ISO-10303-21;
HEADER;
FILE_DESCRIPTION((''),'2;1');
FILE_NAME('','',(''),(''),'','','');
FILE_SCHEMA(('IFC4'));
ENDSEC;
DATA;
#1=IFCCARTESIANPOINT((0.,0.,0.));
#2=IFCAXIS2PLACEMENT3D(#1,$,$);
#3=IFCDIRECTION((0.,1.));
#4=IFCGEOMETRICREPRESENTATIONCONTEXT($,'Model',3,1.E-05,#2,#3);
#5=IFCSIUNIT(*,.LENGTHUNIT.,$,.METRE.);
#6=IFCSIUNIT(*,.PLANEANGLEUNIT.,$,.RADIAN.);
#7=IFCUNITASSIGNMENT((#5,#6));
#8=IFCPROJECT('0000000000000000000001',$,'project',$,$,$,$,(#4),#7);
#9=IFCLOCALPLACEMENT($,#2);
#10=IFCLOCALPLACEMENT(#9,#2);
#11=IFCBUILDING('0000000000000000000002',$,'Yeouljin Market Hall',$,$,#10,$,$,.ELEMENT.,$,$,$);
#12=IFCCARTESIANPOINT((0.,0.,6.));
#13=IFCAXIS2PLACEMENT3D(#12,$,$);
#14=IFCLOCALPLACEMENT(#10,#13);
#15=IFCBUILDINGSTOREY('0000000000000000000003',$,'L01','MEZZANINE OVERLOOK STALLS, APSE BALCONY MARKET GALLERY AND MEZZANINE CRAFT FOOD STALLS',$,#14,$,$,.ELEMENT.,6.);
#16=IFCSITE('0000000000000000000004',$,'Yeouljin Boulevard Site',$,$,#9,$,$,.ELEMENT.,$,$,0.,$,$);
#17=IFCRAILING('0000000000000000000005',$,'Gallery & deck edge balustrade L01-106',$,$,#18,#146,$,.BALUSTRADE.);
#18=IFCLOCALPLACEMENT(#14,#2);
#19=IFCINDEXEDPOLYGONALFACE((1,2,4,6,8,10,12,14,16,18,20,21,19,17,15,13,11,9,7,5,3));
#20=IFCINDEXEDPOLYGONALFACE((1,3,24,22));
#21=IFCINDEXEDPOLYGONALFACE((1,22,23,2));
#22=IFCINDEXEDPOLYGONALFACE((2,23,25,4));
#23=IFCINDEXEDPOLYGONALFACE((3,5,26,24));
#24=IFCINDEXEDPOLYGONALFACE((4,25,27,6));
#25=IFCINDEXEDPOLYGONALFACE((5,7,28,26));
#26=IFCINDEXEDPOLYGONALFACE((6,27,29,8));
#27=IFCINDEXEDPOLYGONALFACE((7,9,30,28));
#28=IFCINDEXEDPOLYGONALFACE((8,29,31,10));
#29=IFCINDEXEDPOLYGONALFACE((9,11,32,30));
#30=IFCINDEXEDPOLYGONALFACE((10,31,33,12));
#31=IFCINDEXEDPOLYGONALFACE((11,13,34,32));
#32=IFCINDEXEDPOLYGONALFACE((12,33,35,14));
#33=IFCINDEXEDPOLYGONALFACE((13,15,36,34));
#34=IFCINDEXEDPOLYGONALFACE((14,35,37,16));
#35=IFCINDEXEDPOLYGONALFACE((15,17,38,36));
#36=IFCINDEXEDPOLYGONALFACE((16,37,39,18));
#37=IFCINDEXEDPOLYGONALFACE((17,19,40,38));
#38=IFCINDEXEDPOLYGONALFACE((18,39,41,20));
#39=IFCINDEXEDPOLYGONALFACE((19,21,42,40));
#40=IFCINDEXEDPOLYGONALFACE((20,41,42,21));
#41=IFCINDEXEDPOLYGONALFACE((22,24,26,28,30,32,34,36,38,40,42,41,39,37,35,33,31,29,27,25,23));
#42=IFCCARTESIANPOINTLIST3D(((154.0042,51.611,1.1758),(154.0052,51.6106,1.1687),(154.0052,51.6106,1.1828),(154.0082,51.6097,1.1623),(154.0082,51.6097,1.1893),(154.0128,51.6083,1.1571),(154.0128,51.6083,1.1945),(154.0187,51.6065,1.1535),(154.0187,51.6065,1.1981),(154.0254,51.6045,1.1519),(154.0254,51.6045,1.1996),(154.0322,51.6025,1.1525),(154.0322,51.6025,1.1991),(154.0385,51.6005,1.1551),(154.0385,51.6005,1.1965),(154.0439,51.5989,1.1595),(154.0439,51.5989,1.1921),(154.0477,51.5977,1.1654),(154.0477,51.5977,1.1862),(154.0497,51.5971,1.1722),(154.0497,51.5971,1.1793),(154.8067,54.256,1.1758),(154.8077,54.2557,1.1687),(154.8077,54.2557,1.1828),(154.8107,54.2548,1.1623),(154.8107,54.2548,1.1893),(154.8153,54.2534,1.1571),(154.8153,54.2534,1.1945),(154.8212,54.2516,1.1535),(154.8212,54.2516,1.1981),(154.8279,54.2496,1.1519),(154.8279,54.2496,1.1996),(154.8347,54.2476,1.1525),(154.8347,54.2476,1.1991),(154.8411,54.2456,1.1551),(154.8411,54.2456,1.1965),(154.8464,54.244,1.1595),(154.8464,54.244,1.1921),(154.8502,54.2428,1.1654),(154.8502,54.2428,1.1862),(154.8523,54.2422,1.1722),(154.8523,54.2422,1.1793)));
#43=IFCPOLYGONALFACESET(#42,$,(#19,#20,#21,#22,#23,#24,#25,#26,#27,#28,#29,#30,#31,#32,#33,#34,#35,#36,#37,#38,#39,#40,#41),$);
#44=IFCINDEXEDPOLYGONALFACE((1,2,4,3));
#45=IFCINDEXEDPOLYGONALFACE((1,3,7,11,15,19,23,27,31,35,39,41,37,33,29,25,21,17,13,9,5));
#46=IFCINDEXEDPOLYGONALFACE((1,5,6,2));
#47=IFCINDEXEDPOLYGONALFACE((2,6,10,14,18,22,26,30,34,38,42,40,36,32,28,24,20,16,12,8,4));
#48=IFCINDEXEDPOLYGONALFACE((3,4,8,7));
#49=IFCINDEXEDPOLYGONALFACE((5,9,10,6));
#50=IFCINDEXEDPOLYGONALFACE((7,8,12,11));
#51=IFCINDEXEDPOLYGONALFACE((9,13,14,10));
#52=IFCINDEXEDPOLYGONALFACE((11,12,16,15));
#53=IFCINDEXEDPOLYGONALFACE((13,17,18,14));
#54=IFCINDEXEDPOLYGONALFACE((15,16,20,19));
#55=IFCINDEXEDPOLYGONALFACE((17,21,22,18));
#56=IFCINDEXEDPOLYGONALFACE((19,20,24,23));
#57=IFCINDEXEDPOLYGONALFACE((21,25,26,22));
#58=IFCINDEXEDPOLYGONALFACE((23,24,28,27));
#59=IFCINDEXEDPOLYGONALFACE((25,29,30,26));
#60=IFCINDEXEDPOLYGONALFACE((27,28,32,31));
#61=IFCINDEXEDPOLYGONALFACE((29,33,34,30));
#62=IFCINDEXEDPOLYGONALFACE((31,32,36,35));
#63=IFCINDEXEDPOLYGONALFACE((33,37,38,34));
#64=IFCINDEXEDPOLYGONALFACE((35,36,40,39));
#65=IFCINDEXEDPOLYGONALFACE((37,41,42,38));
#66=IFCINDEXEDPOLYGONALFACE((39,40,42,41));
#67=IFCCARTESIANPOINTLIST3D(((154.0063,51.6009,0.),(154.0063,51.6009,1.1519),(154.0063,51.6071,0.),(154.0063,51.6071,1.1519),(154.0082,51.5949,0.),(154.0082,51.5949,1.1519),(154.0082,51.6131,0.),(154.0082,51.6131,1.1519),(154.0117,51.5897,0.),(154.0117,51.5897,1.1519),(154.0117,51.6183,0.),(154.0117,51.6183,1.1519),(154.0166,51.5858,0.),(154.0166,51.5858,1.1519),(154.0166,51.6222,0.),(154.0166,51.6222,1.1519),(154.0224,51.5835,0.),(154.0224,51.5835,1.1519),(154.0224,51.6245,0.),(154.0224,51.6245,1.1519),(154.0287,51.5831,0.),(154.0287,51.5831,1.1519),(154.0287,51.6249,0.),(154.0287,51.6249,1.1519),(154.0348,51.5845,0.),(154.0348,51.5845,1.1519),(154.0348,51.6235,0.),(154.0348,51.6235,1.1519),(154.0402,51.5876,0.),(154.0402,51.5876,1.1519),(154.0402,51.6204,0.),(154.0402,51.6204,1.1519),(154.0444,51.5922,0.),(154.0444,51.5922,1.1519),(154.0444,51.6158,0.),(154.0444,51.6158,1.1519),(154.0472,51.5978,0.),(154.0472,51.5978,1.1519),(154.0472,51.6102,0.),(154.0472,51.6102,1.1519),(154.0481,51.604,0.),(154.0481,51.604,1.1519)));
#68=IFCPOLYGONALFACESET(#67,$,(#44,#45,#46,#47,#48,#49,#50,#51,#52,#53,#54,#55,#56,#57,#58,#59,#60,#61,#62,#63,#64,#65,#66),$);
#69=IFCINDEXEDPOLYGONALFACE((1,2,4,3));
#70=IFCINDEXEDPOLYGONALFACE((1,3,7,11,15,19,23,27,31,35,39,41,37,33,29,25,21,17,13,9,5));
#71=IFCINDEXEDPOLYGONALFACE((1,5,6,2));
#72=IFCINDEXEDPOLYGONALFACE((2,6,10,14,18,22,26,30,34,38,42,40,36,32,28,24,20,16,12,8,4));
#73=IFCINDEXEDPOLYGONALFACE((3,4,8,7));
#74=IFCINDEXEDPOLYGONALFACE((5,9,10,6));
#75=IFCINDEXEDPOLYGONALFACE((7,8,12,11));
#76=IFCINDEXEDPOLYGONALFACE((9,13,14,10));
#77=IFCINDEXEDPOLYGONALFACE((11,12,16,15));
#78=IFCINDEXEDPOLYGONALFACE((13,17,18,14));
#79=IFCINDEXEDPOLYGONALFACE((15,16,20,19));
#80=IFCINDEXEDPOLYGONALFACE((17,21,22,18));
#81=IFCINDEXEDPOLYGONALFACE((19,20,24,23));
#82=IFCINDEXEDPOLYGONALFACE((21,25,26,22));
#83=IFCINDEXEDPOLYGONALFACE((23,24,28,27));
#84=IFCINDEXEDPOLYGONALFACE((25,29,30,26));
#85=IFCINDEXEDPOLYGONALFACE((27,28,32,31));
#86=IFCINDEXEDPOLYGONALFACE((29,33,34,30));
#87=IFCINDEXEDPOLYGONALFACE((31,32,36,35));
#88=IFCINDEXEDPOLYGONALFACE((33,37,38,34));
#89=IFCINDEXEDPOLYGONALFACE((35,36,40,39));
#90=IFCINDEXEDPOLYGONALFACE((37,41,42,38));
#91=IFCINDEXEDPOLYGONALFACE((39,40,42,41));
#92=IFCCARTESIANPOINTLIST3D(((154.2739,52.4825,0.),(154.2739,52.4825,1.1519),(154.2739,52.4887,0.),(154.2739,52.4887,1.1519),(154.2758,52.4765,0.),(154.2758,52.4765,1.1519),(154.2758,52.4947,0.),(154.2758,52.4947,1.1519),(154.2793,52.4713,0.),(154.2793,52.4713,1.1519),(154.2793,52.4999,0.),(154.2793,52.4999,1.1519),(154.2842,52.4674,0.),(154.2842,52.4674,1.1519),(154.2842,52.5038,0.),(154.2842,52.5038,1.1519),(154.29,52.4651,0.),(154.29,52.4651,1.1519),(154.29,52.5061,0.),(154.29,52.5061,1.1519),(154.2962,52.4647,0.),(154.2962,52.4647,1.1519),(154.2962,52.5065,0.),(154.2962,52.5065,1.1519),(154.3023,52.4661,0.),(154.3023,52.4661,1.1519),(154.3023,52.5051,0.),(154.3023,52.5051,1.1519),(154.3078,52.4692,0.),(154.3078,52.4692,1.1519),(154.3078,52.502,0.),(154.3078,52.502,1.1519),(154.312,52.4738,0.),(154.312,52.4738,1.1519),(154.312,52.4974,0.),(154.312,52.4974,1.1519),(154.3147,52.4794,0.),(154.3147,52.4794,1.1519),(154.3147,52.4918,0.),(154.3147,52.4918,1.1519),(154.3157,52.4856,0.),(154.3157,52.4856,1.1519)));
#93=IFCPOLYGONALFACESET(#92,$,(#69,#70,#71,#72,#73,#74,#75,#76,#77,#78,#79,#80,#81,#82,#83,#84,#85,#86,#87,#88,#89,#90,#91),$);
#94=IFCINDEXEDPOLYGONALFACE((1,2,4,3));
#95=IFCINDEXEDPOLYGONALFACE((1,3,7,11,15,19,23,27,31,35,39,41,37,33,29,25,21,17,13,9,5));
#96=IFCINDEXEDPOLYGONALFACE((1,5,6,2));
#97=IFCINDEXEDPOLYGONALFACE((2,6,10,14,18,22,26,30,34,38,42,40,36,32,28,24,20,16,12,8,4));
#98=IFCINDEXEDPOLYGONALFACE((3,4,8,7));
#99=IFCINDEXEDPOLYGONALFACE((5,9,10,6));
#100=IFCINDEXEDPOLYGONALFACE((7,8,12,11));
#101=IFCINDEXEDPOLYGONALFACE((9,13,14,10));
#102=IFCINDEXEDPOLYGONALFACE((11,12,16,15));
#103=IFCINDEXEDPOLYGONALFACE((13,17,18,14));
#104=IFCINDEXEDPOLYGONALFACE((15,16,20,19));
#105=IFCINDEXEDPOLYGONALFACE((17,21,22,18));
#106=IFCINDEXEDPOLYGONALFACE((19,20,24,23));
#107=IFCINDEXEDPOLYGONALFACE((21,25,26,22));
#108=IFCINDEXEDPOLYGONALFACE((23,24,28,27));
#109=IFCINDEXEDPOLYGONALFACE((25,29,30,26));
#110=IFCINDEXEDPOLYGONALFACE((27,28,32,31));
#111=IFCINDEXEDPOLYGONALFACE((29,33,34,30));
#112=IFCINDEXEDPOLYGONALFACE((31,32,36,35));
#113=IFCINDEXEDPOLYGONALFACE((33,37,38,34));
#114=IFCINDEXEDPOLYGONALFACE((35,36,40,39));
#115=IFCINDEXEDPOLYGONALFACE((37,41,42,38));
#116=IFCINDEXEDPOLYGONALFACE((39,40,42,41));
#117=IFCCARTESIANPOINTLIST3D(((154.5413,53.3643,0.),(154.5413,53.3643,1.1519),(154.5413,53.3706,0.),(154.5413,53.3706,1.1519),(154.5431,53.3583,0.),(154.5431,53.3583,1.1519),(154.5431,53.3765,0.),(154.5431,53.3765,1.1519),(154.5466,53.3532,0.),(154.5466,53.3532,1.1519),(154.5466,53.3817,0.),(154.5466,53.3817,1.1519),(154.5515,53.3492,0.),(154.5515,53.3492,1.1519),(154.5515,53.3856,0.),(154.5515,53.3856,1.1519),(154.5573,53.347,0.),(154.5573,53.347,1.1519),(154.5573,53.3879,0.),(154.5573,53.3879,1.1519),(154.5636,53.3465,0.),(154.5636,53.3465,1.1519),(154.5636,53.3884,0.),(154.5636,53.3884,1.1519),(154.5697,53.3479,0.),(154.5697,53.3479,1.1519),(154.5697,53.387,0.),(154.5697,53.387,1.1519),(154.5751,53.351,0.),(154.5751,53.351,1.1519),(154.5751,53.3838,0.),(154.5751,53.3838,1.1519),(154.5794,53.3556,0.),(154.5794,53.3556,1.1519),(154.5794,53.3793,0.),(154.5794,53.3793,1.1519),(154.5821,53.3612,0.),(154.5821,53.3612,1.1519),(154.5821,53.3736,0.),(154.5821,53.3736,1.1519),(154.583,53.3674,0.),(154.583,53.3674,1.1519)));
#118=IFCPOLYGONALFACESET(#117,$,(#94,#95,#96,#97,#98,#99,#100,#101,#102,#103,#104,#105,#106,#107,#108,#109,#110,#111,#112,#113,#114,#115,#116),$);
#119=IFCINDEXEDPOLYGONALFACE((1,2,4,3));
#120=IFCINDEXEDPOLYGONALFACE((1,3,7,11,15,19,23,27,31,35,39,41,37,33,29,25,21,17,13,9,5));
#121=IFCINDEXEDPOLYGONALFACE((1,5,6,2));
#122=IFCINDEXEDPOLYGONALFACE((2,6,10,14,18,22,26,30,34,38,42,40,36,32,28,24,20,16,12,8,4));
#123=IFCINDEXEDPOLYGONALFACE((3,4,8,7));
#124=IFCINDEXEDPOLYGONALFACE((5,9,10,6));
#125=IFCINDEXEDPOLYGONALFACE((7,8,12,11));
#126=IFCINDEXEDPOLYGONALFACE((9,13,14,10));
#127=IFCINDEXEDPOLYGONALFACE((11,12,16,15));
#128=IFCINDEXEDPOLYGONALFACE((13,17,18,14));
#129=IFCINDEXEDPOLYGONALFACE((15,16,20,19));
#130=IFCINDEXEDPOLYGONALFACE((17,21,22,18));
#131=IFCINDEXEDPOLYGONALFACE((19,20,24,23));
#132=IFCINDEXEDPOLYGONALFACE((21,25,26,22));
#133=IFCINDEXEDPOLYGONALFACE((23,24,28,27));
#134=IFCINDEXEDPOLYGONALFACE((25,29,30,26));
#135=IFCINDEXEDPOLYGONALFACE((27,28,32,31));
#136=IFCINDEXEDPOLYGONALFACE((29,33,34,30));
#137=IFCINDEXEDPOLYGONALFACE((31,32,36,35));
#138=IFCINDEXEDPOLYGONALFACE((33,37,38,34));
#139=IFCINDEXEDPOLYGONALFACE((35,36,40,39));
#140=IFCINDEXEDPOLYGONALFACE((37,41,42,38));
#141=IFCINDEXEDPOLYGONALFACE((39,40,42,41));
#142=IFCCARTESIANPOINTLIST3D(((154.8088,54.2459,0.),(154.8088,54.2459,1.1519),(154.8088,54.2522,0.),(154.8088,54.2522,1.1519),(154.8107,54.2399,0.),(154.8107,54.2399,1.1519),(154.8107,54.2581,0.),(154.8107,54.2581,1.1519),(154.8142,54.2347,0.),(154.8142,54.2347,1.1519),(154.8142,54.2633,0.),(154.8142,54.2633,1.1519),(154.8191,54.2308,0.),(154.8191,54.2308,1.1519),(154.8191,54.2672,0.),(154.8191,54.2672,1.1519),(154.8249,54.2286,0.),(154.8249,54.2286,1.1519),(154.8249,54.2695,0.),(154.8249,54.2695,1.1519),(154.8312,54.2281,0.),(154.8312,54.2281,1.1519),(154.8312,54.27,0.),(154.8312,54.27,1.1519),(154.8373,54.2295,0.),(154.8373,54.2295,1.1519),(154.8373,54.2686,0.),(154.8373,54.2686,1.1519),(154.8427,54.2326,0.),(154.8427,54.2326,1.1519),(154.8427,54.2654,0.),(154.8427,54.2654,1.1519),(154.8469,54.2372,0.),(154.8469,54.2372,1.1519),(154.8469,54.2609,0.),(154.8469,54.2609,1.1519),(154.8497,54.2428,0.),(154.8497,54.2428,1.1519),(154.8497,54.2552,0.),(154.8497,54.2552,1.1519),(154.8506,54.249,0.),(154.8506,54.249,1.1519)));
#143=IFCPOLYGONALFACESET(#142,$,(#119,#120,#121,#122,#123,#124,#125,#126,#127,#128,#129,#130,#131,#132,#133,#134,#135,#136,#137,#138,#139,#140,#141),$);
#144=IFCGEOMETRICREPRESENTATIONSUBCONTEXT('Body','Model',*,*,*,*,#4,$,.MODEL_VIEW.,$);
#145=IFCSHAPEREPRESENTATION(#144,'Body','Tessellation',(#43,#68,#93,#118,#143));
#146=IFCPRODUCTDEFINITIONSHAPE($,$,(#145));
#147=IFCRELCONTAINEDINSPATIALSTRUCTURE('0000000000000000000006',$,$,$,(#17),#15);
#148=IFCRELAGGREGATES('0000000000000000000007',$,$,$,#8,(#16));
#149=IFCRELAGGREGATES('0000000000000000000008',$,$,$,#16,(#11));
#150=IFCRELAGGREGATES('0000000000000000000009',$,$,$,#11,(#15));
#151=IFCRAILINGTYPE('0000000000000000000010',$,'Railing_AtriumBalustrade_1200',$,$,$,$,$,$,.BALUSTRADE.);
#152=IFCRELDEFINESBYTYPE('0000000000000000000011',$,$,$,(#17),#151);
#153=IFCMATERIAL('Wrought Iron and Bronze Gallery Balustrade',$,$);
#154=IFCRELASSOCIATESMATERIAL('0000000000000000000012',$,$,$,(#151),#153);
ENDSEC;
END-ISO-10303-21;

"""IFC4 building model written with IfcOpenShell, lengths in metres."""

from ifc_helpers import new_model, si_unit, direction, frame, origin, origin_2d, place, context, subcontext, project, spatial, circle, extrude, material, type_object, element, save


model = new_model("IFC4")

# Units and contexts
model_context = context("Model", 3, precision=1e-05, world=origin(), true_north=direction((0.0, 1.0)))
body_context = subcontext(model_context, "Body", "Model", "MODEL_VIEW")
ifc_project = project(units=[si_unit("LENGTHUNIT", "METRE"), si_unit("PLANEANGLEUNIT", "RADIAN")], contexts=[model_context])

# Site, building, storey
site_placement = place(None, origin())
site = spatial("IfcSite", under=ifc_project, at=site_placement, Name="Yeouljin Boulevard Site", CompositionType="ELEMENT", RefElevation=0.0)
building_placement = place(site_placement, origin())
building = spatial("IfcBuilding", under=site, at=building_placement, Name="Yeouljin Market Hall", CompositionType="ELEMENT")
storey_placement = place(building_placement, frame((0.0, 0.0, 6.0)))
storey = spatial("IfcBuildingStorey", under=building, at=storey_placement, Name="L01", Description="MEZZANINE OVERLOOK STALLS, APSE BALCONY MARKET GALLERY AND MEZZANINE CRAFT FOOD STALLS", CompositionType="ELEMENT", Elevation=6.0)

# Railing
ifc_material_1 = material(Name="Wrought Iron and Bronze Gallery Balustrade")
railing_type = type_object("IfcRailingType", Name="Railing_AtriumBalustrade_1200", PredefinedType="BALUSTRADE", material=ifc_material_1)
railing_1_placement = place(storey_placement, frame((154.0271, 51.604, 0.0)))
element("IfcRailing", 1, at=railing_1_placement, inside=storey, type_object=railing_type, Name="Gallery & deck edge balustrade L01-106", PredefinedType="BALUSTRADE", context=body_context, shape_type="SweptSolid", body=[
    extrude(circle(Radius=0.0239, at=origin_2d()), frame((0.0, 0.0, 1.1758), z_axis=(0.290329, 0.956927, 0.0), x_axis=(-0.956927, 0.290329, 0.0)), (0.0, 0.0, 1.0), 2.7642),
    extrude(circle(Radius=0.021, at=origin_2d()), origin(), (0.0, 0.0, 1.0), 1.1519),
    extrude(circle(Radius=0.021, at=origin_2d()), frame((0.2676, 0.8816, 0.0)), (0.0, 0.0, 1.0), 1.1519),
    extrude(circle(Radius=0.021, at=origin_2d()), frame((0.5349, 1.7634, 0.0)), (0.0, 0.0, 1.0), 1.1519),
    extrude(circle(Radius=0.021, at=origin_2d()), frame((0.8025, 2.645, 0.0)), (0.0, 0.0, 1.0), 1.1519),
])

save(model, "model.ifc")
